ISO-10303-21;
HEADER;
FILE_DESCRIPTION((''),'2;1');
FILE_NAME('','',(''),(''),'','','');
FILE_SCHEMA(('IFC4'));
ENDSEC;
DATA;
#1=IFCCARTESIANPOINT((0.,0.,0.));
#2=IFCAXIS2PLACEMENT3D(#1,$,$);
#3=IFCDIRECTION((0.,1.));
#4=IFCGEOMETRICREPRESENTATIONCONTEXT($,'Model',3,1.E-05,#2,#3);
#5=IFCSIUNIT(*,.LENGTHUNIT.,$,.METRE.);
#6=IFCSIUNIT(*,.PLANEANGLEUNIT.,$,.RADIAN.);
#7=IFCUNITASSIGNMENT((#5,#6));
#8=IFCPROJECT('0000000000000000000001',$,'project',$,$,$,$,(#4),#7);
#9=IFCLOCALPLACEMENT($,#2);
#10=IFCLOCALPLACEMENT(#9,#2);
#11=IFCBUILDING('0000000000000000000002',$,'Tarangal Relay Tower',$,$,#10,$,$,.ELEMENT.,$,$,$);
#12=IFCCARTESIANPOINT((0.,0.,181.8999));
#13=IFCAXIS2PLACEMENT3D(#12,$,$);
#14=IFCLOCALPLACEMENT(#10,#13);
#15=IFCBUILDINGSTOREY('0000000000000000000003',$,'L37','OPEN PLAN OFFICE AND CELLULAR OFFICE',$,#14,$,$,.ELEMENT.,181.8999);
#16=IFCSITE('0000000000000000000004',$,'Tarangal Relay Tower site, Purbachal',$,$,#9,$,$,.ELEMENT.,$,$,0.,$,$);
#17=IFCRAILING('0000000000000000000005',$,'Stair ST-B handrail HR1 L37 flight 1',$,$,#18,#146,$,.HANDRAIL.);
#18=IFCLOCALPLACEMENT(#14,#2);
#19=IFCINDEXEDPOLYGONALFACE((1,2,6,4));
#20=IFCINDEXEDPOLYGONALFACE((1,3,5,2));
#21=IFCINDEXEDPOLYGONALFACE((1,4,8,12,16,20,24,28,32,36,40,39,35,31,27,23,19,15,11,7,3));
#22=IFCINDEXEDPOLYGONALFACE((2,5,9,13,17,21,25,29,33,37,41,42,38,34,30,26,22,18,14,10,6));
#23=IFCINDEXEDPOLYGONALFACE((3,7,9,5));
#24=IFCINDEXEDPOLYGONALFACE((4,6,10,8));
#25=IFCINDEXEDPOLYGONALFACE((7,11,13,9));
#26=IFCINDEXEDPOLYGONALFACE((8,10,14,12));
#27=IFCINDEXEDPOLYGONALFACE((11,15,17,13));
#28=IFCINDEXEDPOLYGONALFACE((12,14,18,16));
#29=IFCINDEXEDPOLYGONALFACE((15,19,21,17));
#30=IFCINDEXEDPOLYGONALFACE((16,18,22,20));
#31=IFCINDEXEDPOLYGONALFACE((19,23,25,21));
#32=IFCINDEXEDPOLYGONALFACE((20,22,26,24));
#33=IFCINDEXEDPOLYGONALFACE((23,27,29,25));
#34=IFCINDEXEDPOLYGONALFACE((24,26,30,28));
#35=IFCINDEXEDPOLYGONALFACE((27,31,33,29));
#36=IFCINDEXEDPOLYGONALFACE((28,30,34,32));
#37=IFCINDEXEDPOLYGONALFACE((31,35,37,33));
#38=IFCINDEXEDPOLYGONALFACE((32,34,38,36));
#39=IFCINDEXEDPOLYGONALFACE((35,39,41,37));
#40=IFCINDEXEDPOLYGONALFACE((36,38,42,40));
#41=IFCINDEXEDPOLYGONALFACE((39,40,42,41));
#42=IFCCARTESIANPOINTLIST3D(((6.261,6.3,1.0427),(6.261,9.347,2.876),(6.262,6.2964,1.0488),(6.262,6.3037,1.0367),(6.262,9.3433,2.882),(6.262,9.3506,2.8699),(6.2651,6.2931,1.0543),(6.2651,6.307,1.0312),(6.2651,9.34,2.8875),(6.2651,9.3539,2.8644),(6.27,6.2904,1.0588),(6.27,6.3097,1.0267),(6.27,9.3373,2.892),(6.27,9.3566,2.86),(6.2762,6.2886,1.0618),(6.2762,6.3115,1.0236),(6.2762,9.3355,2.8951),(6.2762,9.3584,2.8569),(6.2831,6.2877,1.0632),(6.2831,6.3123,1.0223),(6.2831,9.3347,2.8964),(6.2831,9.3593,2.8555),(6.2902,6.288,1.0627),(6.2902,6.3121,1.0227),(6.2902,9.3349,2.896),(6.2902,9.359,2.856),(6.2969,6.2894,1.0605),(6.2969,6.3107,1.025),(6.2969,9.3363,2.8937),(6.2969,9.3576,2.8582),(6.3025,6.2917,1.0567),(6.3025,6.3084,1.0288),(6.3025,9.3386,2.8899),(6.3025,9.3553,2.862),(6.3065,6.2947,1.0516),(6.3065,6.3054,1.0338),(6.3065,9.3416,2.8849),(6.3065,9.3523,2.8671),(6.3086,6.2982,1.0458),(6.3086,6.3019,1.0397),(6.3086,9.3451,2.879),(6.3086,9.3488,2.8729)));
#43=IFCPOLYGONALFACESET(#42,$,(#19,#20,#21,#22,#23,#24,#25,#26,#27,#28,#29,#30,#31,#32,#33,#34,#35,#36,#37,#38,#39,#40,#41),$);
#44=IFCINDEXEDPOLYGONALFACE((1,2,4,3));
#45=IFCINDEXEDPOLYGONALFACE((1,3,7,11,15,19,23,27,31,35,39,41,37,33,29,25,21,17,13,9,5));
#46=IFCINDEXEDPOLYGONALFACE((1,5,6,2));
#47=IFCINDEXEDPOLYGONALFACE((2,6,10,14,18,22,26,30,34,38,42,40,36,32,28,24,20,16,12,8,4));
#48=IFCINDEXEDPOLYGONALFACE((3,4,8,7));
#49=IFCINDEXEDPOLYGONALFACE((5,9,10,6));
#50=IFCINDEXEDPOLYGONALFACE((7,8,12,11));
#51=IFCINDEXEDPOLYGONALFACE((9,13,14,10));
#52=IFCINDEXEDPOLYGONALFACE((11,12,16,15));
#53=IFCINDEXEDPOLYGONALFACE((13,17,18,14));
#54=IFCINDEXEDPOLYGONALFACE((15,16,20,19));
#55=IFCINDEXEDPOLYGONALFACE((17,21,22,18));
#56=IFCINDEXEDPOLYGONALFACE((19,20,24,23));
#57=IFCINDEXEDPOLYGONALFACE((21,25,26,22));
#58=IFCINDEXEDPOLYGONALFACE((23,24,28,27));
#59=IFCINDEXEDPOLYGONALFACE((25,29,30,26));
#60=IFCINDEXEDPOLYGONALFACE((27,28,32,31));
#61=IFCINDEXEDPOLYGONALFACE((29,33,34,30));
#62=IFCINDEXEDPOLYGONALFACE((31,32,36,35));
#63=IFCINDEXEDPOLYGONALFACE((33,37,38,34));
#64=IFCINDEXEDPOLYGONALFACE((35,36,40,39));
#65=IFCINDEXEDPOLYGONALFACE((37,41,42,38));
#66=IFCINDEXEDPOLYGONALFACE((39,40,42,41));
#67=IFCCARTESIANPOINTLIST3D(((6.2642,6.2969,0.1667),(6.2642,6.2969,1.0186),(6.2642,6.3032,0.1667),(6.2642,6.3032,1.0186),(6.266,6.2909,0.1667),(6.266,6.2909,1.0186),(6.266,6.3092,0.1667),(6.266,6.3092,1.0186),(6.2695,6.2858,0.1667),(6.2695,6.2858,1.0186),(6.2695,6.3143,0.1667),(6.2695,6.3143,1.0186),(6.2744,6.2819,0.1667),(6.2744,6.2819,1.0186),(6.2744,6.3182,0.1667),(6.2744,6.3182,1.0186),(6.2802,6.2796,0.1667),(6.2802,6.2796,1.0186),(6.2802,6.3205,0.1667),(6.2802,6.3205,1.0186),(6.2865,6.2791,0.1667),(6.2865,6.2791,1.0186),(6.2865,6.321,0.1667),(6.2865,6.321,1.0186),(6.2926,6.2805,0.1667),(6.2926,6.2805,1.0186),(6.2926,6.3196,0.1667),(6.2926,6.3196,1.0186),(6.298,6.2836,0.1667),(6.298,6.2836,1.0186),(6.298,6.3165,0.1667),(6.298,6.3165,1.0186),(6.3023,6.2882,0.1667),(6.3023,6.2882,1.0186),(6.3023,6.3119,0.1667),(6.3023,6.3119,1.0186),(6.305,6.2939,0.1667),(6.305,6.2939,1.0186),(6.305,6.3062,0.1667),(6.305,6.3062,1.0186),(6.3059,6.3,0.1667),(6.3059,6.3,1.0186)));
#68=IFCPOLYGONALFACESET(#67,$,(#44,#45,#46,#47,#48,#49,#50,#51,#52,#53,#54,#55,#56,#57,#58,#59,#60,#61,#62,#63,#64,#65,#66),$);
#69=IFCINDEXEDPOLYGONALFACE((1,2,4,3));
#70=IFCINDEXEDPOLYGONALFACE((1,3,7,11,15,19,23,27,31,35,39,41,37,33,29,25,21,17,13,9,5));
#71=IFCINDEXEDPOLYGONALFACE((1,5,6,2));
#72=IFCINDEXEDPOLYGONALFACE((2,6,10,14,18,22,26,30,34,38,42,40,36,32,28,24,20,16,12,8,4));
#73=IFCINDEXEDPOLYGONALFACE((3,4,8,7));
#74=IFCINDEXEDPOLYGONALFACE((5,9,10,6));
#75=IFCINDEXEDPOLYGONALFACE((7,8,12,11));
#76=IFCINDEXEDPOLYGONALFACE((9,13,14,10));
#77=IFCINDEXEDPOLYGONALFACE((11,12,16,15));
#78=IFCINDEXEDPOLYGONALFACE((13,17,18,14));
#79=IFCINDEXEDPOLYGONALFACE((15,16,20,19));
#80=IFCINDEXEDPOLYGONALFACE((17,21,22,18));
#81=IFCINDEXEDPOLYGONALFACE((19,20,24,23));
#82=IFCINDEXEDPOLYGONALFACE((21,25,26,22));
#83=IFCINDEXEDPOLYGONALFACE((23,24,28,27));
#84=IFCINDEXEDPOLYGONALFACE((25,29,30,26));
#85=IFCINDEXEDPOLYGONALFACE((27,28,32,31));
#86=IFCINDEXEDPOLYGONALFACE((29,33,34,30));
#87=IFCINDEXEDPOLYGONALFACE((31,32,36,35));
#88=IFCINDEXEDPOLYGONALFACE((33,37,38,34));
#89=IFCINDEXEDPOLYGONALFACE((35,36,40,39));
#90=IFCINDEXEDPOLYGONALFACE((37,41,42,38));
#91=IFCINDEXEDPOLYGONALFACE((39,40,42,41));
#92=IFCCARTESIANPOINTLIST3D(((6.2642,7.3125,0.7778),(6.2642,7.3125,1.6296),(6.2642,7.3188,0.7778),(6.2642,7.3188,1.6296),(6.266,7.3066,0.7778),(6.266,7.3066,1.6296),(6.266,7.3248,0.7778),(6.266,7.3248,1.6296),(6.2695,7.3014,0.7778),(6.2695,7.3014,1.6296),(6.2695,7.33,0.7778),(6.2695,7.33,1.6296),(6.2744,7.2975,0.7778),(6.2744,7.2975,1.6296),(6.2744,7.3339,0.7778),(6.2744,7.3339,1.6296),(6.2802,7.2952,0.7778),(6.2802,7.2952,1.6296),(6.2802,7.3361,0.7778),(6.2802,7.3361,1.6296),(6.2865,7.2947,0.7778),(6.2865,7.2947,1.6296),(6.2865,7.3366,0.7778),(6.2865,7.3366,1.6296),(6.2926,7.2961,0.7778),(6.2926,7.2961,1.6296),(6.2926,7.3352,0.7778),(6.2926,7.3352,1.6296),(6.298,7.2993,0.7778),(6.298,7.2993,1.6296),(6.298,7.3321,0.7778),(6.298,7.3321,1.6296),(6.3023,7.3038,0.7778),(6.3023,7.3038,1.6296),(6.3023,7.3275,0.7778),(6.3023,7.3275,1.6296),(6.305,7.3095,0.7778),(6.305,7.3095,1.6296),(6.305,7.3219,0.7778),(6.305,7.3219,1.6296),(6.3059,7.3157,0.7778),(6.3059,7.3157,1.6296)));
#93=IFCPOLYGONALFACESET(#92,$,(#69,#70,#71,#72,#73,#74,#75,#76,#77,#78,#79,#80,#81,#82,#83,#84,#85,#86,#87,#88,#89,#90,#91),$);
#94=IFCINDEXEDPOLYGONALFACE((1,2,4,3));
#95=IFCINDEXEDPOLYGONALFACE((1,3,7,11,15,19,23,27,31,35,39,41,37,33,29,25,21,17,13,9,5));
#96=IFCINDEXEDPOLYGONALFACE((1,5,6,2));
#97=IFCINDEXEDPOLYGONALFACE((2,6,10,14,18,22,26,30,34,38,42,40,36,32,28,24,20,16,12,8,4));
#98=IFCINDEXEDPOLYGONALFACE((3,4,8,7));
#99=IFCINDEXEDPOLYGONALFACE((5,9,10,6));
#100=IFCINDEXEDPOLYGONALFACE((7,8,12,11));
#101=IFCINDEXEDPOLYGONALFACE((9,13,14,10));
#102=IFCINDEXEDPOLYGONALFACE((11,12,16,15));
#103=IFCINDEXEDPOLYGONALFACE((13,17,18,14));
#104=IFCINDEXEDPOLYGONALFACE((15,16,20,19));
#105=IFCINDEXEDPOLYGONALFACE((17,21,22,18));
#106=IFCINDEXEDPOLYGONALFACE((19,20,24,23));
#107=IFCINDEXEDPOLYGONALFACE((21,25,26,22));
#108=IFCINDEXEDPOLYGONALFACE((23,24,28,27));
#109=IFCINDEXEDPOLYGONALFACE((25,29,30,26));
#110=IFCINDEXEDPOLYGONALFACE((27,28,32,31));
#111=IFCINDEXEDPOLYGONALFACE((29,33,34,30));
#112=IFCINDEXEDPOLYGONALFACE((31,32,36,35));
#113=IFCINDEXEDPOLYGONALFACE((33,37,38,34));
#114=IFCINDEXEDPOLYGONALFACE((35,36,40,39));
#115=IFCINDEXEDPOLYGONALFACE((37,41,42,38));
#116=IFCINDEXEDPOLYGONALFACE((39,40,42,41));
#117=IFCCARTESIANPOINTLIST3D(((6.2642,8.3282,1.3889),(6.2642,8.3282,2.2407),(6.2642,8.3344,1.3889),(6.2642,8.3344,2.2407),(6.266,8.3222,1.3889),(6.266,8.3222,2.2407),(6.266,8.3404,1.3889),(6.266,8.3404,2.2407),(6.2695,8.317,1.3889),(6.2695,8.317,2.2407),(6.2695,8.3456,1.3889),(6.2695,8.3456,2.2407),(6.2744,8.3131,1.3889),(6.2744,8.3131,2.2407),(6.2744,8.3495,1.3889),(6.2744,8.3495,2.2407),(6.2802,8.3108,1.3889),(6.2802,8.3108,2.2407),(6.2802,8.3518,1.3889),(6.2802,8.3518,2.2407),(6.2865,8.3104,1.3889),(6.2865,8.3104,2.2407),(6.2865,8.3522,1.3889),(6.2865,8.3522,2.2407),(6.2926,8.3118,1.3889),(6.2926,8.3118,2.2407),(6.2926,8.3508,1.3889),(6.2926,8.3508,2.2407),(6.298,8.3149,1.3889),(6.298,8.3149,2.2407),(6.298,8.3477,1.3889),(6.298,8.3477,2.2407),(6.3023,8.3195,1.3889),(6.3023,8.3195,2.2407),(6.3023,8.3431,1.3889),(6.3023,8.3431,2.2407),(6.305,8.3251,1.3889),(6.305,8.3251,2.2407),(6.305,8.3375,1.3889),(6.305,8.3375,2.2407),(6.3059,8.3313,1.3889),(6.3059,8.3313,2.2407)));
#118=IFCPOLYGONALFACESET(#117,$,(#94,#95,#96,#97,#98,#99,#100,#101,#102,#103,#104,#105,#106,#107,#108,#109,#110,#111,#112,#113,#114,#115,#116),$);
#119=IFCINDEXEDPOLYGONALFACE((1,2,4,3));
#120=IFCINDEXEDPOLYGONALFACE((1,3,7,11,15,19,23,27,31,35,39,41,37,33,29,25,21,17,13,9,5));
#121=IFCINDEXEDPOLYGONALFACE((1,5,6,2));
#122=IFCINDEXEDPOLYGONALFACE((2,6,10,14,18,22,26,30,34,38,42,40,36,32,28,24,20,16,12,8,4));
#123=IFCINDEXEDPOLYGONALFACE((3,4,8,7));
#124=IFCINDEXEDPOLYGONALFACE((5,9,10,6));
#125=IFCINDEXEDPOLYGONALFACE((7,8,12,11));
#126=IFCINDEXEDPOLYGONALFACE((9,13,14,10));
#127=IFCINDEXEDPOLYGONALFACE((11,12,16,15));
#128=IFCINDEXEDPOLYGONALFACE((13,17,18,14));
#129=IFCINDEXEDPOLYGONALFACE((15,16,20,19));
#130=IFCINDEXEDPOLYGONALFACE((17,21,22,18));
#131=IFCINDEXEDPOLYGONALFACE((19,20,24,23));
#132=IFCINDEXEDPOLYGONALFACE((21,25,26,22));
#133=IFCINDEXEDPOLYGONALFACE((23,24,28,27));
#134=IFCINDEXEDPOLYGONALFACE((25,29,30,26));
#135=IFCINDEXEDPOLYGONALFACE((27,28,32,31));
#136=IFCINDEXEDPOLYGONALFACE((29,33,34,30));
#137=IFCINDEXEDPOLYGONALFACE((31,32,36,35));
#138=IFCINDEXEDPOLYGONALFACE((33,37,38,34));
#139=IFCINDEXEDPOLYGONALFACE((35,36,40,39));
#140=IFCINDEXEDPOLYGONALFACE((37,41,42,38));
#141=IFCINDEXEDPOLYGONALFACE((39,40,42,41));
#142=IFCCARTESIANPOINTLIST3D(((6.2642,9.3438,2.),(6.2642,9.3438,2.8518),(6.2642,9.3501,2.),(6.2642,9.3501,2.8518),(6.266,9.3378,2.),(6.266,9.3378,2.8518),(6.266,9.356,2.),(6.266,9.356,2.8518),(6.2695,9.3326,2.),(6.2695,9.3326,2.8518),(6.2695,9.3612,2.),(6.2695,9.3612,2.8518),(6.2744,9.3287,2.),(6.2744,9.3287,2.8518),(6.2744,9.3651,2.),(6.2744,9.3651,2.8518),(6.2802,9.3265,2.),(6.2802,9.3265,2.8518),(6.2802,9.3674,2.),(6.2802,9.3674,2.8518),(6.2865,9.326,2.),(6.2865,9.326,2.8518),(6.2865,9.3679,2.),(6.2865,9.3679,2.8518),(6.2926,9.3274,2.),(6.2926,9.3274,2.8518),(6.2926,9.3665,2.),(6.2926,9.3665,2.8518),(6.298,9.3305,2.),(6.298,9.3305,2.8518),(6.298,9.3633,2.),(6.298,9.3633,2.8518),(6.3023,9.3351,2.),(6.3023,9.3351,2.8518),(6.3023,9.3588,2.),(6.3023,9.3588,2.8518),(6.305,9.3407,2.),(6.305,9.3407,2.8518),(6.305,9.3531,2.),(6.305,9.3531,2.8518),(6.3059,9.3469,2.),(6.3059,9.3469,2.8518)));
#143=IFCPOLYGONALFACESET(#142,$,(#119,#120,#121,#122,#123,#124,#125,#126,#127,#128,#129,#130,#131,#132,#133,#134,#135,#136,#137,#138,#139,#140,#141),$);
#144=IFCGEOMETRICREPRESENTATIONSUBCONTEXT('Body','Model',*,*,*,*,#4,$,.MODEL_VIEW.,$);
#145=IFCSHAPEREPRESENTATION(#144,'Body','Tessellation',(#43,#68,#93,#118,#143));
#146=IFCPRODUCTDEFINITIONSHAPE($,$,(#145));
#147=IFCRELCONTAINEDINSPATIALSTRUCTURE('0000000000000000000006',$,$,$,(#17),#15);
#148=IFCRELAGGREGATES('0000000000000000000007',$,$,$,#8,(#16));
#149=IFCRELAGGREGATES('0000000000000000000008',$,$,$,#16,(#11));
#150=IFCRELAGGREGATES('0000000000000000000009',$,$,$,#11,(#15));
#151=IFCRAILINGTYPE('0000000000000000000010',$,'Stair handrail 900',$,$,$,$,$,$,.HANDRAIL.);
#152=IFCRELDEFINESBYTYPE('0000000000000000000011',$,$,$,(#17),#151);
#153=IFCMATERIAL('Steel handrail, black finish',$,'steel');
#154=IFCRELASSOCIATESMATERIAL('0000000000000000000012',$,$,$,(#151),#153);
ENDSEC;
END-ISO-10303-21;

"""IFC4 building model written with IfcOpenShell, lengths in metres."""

from ifc_helpers import new_model, si_unit, direction, frame, origin, origin_2d, place, context, subcontext, project, spatial, circle, extrude, material, type_object, element, save


model = new_model("IFC4")

# Units and contexts
model_context = context("Model", 3, precision=1e-05, world=origin(), true_north=direction((0.0, 1.0)))
body_context = subcontext(model_context, "Body", "Model", "MODEL_VIEW")
ifc_project = project(units=[si_unit("LENGTHUNIT", "METRE"), si_unit("PLANEANGLEUNIT", "RADIAN")], contexts=[model_context])

# Site, building, storey
site_placement = place(None, origin())
site = spatial("IfcSite", under=ifc_project, at=site_placement, Name="Tarangal Relay Tower site, Purbachal", CompositionType="ELEMENT", RefElevation=0.0)
building_placement = place(site_placement, origin())
building = spatial("IfcBuilding", under=site, at=building_placement, Name="Tarangal Relay Tower", CompositionType="ELEMENT")
storey_placement = place(building_placement, frame((0.0, 0.0, 181.8999)))
storey = spatial("IfcBuildingStorey", under=building, at=storey_placement, Name="L37", Description="OPEN PLAN OFFICE AND CELLULAR OFFICE", CompositionType="ELEMENT", Elevation=181.8999)

# Railing
ifc_material_1 = material(Name="Steel handrail, black finish", Category="steel")
railing_type_1 = type_object("IfcRailingType", Name="Stair handrail 900", PredefinedType="HANDRAIL", material=ifc_material_1)
railing_1_placement = place(storey_placement, frame((6.2849, 6.3, 0.1667)))
element("IfcRailing", 1, at=railing_1_placement, inside=storey, type_object=railing_type_1, Name="Stair ST-B handrail HR1 L37 flight 1", PredefinedType="HANDRAIL", context=body_context, shape_type="SweptSolid", body=[
    extrude(circle(Radius=0.0239, at=origin_2d()), frame((0.0, 0.0, 0.876), z_axis=(0.0, 0.856856, 0.515556), x_axis=(-1.0, 0.0, 0.0)), (0.0, 0.0, 1.0), 3.5559),
    extrude(circle(Radius=0.021, at=origin_2d()), origin(), (0.0, 0.0, 1.0), 0.8518),
    extrude(circle(Radius=0.021, at=origin_2d()), frame((0.0, 1.0156, 0.6111)), (0.0, 0.0, 1.0), 0.8518),
    extrude(circle(Radius=0.021, at=origin_2d()), frame((0.0, 2.0312, 1.2222)), (0.0, 0.0, 1.0), 0.8518),
    extrude(circle(Radius=0.021, at=origin_2d()), frame((0.0, 3.0469, 1.8333)), (0.0, 0.0, 1.0), 0.8518),
])

save(model, "model.ifc")
